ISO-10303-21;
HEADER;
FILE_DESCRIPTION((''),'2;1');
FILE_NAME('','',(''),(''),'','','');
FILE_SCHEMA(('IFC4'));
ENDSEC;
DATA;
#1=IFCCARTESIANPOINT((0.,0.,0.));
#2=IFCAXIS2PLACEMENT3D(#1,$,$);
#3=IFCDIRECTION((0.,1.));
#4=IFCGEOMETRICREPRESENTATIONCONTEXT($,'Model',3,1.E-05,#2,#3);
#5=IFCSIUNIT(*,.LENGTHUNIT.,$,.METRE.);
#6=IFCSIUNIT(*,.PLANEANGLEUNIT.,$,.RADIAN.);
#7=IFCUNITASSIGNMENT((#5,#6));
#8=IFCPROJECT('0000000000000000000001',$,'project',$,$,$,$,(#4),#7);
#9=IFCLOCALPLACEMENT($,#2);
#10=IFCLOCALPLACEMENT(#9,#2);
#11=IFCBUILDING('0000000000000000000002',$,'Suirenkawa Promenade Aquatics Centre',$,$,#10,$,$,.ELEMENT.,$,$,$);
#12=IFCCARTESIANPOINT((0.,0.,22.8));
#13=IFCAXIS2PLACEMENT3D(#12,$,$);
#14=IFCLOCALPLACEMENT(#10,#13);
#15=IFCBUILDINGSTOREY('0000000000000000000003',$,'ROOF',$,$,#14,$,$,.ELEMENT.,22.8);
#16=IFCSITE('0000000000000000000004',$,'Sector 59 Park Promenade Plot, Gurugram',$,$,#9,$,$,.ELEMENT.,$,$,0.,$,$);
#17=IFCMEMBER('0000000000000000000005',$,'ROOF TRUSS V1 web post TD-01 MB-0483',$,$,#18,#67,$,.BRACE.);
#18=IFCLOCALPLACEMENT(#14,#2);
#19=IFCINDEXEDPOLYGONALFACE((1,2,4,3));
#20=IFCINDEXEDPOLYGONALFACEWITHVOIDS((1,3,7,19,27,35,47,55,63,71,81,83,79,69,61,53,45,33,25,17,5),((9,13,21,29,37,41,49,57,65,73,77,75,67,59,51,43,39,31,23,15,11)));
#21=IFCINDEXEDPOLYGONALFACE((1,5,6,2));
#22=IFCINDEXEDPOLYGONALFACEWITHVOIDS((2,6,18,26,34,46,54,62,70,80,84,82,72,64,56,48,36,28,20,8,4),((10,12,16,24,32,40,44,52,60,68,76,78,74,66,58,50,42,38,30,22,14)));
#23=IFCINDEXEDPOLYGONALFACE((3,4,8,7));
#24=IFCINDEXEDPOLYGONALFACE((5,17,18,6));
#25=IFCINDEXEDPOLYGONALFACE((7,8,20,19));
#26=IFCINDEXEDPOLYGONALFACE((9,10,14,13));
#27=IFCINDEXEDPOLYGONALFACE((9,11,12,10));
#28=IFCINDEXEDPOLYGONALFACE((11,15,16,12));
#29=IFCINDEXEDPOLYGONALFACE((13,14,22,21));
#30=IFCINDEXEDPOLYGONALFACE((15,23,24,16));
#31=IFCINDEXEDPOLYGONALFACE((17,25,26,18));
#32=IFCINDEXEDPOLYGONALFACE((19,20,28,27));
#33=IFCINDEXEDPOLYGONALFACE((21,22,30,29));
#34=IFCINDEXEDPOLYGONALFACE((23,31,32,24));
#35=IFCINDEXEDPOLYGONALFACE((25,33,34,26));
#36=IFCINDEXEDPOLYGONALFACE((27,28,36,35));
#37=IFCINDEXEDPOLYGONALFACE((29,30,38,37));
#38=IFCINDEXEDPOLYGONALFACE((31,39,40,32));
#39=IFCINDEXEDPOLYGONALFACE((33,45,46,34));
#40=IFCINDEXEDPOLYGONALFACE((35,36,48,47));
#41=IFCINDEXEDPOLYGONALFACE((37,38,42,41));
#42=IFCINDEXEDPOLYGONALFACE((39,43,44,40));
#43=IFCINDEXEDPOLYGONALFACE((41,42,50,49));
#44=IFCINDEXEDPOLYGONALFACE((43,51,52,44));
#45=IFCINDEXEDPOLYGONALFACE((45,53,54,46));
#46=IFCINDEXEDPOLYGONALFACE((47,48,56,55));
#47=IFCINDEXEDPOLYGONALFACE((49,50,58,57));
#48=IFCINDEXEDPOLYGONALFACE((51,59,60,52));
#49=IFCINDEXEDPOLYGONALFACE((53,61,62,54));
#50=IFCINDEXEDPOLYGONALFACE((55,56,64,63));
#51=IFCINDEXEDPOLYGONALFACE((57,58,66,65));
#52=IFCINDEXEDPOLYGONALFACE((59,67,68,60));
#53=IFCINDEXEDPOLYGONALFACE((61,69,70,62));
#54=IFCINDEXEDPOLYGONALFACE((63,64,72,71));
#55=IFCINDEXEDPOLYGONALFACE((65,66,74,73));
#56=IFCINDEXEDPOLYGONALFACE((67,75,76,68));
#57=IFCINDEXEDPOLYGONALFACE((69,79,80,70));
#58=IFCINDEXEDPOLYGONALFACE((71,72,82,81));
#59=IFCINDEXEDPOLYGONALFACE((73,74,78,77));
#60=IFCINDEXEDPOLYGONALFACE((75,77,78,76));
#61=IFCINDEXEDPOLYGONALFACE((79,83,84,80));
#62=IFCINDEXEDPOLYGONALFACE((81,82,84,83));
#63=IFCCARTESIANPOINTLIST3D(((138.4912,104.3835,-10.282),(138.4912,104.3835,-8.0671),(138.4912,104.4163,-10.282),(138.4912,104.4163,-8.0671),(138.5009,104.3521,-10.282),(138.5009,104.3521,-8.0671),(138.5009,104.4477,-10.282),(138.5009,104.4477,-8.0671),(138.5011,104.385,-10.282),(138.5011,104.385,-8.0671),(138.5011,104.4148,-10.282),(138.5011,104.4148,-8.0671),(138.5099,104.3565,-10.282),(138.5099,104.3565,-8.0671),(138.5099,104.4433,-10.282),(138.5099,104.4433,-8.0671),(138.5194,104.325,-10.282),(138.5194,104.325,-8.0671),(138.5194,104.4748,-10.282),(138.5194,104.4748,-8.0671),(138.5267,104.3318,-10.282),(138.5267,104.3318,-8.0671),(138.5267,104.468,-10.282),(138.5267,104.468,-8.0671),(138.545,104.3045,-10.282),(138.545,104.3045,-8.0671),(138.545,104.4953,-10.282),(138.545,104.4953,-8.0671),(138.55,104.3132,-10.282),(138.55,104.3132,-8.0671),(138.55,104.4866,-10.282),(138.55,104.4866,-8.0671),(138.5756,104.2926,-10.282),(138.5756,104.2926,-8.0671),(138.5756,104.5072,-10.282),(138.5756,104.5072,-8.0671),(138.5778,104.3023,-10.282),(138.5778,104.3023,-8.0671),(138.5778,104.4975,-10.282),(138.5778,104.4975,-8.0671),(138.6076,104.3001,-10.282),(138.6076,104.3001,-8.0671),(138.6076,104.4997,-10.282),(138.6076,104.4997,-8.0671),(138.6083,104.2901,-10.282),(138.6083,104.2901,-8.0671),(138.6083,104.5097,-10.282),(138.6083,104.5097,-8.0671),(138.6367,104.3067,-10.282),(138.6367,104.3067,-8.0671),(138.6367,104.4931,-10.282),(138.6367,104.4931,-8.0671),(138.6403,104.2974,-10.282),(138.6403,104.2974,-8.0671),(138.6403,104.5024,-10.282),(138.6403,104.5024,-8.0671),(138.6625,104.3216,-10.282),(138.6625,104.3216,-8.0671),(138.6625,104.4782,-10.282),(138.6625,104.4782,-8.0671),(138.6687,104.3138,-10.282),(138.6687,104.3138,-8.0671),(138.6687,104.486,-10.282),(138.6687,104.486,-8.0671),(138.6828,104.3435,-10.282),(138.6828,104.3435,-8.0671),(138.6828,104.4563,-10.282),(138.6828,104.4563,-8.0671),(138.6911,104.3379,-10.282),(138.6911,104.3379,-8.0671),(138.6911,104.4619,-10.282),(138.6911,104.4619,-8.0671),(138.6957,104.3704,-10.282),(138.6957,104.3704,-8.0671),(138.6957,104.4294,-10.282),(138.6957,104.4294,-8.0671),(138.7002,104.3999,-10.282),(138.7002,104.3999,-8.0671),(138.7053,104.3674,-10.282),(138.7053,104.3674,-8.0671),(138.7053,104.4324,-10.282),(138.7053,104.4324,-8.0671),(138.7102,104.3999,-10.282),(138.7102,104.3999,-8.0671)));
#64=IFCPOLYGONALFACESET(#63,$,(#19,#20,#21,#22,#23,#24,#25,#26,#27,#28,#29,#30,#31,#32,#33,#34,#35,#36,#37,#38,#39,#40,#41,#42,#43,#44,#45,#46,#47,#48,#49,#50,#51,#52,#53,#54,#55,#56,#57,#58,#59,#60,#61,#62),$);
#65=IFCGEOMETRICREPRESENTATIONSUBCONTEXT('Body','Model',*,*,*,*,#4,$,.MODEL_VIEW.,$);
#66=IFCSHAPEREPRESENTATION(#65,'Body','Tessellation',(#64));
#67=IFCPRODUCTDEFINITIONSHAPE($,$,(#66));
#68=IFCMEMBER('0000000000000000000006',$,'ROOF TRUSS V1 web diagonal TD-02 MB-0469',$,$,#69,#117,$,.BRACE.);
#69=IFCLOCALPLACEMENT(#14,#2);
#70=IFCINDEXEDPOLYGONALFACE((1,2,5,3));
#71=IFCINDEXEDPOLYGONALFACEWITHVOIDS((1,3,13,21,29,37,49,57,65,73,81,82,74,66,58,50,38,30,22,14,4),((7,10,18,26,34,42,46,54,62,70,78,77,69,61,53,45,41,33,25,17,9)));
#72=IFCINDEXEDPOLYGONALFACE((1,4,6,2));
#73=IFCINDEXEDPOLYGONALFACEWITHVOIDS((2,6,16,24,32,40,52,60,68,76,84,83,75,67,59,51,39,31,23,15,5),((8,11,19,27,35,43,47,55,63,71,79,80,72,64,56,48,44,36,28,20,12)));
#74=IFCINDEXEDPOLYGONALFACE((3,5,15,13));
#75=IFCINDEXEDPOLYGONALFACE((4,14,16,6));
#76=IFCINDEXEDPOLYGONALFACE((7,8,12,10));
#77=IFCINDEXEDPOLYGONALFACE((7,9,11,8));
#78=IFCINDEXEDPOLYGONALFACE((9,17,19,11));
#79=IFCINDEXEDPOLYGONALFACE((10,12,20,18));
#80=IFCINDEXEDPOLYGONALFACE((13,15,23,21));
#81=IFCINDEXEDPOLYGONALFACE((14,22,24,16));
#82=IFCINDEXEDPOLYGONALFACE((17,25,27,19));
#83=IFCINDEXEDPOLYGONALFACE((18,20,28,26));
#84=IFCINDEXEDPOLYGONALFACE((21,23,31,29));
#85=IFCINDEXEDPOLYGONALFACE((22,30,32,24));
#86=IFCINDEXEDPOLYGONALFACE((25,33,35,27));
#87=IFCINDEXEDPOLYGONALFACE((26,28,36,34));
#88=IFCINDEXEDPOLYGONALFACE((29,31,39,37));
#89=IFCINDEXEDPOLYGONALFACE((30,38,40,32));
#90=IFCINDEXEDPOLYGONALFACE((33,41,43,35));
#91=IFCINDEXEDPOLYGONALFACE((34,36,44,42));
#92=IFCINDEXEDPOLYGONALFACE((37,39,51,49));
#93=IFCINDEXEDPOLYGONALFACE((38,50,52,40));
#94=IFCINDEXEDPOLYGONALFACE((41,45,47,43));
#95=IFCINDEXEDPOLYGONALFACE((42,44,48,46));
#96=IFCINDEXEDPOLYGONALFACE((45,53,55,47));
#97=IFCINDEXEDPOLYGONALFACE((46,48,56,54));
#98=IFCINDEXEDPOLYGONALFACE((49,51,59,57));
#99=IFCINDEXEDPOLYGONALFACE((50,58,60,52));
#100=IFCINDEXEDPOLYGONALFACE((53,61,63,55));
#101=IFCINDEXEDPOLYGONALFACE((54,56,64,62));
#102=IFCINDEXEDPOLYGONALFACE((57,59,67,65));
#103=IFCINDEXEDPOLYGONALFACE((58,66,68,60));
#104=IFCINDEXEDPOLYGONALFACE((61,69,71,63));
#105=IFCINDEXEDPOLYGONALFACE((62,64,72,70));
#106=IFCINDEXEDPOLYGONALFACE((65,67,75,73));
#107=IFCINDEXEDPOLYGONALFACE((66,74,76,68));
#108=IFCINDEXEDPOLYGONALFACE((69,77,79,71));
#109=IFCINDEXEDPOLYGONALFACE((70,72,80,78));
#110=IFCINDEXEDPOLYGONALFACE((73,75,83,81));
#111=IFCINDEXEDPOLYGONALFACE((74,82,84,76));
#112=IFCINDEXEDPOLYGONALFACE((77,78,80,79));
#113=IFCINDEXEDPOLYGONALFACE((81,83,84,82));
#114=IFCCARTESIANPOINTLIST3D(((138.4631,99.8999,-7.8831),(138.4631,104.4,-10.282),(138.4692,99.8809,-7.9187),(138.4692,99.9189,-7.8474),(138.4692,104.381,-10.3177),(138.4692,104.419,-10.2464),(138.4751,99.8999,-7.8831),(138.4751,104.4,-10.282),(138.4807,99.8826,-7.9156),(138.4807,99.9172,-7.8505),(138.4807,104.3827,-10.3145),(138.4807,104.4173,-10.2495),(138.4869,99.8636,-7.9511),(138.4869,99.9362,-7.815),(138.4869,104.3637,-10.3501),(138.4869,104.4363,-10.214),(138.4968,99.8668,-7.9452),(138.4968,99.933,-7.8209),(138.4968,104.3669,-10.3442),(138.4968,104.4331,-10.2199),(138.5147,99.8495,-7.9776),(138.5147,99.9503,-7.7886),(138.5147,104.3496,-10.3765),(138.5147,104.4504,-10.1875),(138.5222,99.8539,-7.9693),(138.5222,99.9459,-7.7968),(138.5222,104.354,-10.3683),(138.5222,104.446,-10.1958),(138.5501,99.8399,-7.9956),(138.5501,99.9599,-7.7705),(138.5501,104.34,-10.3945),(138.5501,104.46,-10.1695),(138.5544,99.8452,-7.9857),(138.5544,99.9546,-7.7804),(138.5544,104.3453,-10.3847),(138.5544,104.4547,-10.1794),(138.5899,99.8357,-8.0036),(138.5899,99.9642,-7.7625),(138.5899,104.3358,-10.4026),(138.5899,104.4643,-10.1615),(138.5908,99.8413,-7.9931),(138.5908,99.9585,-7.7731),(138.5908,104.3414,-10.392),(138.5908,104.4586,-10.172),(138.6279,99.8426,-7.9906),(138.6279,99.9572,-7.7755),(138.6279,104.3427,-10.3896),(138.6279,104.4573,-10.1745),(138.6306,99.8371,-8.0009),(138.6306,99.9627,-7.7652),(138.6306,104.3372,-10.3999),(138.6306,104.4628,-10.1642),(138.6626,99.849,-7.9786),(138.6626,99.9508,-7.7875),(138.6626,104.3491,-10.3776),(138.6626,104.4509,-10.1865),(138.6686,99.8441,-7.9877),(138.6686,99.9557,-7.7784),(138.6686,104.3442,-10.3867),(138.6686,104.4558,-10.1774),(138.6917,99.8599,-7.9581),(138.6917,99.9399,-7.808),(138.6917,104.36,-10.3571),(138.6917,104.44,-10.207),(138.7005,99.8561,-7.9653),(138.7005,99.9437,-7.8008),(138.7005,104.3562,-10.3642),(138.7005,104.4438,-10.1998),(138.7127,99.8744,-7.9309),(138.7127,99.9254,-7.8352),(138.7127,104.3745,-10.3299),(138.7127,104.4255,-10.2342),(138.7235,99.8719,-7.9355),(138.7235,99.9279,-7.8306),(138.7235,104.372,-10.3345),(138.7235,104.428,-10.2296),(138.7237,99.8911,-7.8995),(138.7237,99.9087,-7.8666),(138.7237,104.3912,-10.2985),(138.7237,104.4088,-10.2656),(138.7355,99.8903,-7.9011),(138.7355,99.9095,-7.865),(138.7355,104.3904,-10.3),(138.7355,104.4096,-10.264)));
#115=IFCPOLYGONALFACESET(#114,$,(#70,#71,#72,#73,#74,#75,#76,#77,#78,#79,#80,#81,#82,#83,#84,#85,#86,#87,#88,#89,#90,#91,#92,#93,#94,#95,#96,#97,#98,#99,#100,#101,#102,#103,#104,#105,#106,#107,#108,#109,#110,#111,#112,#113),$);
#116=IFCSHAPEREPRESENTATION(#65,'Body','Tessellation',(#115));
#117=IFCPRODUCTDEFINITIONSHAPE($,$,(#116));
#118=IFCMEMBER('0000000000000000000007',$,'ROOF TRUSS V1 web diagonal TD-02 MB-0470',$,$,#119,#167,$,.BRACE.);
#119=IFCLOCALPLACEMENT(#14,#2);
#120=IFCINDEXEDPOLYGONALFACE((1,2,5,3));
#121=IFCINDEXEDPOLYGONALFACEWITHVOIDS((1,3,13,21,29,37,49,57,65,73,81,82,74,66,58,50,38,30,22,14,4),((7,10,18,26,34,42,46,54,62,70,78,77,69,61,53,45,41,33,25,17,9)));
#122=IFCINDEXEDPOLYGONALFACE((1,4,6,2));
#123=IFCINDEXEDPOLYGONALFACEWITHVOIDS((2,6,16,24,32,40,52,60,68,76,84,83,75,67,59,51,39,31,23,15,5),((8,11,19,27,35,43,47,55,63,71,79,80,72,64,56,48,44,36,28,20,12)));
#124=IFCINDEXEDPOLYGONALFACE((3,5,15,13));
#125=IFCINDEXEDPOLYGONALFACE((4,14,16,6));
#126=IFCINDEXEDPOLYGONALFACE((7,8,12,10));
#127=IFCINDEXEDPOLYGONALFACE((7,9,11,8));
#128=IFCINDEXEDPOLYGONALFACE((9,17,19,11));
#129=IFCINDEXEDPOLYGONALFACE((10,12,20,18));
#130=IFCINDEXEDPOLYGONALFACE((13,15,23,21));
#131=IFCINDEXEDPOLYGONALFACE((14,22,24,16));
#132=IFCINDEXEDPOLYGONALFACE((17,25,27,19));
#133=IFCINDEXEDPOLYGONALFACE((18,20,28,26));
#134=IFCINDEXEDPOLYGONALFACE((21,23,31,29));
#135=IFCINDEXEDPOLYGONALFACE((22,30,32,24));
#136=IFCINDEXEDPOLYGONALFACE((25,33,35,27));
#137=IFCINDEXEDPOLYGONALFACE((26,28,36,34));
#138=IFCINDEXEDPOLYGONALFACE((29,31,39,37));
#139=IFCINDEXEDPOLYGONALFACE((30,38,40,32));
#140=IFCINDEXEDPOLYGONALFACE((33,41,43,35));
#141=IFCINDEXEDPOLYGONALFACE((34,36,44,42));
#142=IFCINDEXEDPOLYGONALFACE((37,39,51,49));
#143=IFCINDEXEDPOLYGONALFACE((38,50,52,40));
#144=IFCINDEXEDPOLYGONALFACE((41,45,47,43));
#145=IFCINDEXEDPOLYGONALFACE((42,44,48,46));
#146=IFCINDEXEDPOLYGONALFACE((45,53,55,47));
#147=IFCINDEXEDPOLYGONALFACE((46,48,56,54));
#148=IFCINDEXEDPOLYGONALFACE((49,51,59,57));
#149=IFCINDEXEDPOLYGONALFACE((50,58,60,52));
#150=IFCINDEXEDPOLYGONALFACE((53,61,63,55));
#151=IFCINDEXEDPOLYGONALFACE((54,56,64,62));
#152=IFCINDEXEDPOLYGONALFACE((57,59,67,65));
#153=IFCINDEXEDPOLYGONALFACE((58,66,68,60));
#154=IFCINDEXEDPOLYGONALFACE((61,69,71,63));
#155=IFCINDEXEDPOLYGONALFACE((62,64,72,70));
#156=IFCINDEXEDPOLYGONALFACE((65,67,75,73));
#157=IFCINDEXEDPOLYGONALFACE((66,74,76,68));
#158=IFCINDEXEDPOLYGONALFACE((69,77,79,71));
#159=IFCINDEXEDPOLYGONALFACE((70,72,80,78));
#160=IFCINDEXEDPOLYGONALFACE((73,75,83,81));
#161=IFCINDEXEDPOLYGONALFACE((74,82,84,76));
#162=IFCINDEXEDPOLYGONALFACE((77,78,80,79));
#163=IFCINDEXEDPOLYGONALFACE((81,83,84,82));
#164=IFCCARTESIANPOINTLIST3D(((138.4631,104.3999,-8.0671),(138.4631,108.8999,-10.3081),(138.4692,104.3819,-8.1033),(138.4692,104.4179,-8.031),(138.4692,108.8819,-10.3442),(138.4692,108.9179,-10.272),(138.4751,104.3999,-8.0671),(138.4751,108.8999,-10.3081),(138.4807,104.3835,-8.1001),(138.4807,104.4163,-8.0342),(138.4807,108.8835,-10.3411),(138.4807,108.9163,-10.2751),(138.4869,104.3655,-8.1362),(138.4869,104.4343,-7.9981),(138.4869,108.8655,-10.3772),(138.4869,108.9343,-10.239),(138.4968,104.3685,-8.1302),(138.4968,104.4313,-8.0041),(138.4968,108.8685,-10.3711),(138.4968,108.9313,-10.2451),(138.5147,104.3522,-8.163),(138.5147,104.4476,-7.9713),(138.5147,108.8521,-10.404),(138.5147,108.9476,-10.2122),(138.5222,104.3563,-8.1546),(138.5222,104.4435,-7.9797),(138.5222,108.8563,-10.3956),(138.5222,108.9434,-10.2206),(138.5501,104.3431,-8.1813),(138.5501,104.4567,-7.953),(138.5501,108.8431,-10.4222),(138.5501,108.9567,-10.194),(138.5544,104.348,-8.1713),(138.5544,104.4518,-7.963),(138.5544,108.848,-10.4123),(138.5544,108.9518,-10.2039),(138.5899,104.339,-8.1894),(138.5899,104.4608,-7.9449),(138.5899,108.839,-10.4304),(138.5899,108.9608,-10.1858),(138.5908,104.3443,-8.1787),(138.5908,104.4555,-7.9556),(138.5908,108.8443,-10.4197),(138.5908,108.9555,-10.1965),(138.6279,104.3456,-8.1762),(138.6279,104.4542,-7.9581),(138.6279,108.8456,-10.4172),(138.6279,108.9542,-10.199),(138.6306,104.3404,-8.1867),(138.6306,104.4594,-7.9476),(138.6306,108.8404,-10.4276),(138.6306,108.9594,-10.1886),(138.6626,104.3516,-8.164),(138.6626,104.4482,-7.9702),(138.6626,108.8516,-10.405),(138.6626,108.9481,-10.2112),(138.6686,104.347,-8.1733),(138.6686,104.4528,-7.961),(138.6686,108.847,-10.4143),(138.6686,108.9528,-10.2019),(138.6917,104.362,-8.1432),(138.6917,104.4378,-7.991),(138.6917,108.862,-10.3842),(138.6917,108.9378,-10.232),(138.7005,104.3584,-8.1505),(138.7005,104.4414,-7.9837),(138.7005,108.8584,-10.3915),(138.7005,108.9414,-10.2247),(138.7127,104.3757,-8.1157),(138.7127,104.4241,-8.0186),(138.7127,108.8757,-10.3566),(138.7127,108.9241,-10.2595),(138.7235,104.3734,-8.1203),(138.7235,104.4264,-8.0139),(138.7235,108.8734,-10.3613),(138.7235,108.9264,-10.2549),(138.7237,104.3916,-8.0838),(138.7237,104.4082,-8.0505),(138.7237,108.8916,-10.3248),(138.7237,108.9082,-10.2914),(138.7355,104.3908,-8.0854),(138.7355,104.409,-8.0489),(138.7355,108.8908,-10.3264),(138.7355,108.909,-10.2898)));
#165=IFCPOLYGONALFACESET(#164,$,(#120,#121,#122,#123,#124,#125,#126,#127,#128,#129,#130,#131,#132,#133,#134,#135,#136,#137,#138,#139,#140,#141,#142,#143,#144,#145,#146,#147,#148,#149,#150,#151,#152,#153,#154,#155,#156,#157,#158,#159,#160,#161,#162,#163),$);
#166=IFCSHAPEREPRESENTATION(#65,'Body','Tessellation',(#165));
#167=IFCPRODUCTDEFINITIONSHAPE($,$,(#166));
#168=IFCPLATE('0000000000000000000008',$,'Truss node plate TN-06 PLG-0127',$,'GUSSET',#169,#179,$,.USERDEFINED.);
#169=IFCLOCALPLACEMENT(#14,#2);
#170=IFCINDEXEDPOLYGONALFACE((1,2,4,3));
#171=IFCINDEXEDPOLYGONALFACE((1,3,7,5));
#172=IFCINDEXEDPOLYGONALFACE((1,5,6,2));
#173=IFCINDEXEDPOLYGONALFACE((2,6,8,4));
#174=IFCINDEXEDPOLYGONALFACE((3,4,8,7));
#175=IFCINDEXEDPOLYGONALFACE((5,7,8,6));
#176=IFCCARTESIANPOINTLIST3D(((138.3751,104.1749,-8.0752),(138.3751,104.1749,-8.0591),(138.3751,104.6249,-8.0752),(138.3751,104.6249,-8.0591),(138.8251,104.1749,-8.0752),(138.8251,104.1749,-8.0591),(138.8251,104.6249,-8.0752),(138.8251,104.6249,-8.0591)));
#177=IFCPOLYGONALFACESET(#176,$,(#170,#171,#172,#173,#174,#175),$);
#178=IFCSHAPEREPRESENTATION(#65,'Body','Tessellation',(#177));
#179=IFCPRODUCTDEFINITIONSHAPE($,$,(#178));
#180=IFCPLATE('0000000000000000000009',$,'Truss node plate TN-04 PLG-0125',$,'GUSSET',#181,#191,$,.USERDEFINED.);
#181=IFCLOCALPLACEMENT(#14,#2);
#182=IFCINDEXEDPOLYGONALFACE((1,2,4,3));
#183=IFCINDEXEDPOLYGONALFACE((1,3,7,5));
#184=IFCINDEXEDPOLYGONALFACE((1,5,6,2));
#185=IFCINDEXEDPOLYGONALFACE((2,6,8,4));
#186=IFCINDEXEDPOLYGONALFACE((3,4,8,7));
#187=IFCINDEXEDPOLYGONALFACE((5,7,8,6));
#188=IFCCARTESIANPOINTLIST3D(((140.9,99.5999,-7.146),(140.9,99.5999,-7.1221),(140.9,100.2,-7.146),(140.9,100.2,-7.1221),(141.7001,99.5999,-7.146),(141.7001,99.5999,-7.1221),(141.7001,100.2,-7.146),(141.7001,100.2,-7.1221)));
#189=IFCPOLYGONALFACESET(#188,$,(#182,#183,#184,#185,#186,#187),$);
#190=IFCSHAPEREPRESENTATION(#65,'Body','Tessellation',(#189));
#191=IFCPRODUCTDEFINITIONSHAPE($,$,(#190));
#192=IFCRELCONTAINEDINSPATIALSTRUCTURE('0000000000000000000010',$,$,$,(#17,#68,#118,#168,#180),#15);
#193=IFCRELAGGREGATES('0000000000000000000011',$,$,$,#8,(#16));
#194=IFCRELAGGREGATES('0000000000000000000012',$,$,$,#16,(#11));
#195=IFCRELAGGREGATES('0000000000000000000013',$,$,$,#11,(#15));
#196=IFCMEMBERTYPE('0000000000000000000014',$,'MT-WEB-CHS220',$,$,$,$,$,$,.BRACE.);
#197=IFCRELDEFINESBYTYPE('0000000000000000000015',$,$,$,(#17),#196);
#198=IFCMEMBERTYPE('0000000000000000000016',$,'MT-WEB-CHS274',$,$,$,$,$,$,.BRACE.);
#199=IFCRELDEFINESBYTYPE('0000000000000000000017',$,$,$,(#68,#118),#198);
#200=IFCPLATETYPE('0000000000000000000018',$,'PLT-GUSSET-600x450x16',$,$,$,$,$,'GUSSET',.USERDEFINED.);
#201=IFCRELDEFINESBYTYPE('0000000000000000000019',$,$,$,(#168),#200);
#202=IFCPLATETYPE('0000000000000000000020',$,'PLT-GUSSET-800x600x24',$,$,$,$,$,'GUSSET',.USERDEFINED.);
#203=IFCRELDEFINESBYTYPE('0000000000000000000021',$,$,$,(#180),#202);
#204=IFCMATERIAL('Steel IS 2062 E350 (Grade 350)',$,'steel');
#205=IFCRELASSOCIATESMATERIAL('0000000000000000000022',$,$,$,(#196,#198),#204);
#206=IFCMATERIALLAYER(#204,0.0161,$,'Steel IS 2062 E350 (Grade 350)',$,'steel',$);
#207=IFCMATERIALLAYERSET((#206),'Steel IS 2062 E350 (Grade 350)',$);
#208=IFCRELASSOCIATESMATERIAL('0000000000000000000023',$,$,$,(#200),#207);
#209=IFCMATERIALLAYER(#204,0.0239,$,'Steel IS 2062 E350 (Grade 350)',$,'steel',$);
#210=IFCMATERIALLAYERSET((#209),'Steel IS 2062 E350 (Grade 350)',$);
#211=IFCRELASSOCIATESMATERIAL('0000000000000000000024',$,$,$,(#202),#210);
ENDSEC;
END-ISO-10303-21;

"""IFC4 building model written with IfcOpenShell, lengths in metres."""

from ifc_helpers import new_model, si_unit, direction, frame, origin, origin_2d, place, context, subcontext, project, spatial, rectangle, hollow_circle, extrude, material, layer, layer_set, material_profile, profile_set, type_object, element, save


model = new_model("IFC4")

# Units and contexts
model_context = context("Model", 3, precision=1e-05, world=origin(), true_north=direction((0.0, 1.0)))
body_context = subcontext(model_context, "Body", "Model", "MODEL_VIEW")
ifc_project = project(units=[si_unit("LENGTHUNIT", "METRE"), si_unit("PLANEANGLEUNIT", "RADIAN")], contexts=[model_context])

# Site, building, storey
site_placement = place(None, origin())
site = spatial("IfcSite", under=ifc_project, at=site_placement, Name="Sector 59 Park Promenade Plot, Gurugram", CompositionType="ELEMENT", RefElevation=0.0)
building_placement = place(site_placement, origin())
building = spatial("IfcBuilding", under=site, at=building_placement, Name="Suirenkawa Promenade Aquatics Centre", CompositionType="ELEMENT")
storey_placement = place(building_placement, frame((0.0, 0.0, 22.8)))
storey = spatial("IfcBuildingStorey", under=building, at=storey_placement, Name="ROOF", CompositionType="ELEMENT", Elevation=22.8)

# Shared definitions
ifc_material_1 = material(Name="Steel IS 2062 E350 (Grade 350)", Category="steel")

# Members
ifc_material_profile_1 = material_profile(ifc_material_1, hollow_circle(Radius=0.1101, WallThickness=0.01, at=origin_2d()), Name="CHS 220x10", Category="steel")
ifc_profile_set_1 = profile_set([ifc_material_profile_1], Name="Steel IS 2062 E350 (Grade 350)")
member_type_1 = type_object("IfcMemberType", Name="MT-WEB-CHS220", PredefinedType="BRACE", material=ifc_profile_set_1)
member_1_placement = place(storey_placement, frame((138.6001, 104.3999, -10.282), z_axis=(0.0, 0.0, 1.0), x_axis=(1.0, 0.0, 0.0)))
element("IfcMember", 1, at=member_1_placement, inside=storey, type_object=member_type_1, Name="ROOF TRUSS V1 web post TD-01 MB-0483", PredefinedType="BRACE", context=body_context, shape_type="SweptSolid", body=[
    extrude(hollow_circle(Radius=0.1101, WallThickness=0.01, at=origin_2d()), origin(), (0.0, 0.0, 1.0), 2.2148),
])
ifc_material_profile_2 = material_profile(ifc_material_1, hollow_circle(Radius=0.137, WallThickness=0.012, at=origin_2d()), Name="CHS 274x12", Category="steel")
ifc_profile_set_2 = profile_set([ifc_material_profile_2], Name="Steel IS 2062 E350 (Grade 350)")
member_type_2 = type_object("IfcMemberType", Name="MT-WEB-CHS274", PredefinedType="BRACE", material=ifc_profile_set_2)
member_2_placement = place(storey_placement, frame((138.6001, 99.8999, -7.8831), z_axis=(0.0, 0.88244, -0.470424), x_axis=(-1.0, 0.0, 0.0)))
element("IfcMember", 2, at=member_2_placement, inside=storey, type_object=member_type_2, Name="ROOF TRUSS V1 web diagonal TD-02 MB-0469", PredefinedType="BRACE", context=body_context, shape_type="SweptSolid", body=[
    extrude(hollow_circle(Radius=0.137, WallThickness=0.012, at=origin_2d()), origin(), (0.0, 0.0, 1.0), 5.0996),
])
member_3_placement = place(storey_placement, frame((138.6001, 104.3999, -8.0671), z_axis=(0.0, 0.895145, -0.445776), x_axis=(-1.0, 0.0, 0.0)))
element("IfcMember", 3, at=member_3_placement, inside=storey, type_object=member_type_2, Name="ROOF TRUSS V1 web diagonal TD-02 MB-0470", PredefinedType="BRACE", context=body_context, shape_type="SweptSolid", body=[
    extrude(hollow_circle(Radius=0.137, WallThickness=0.012, at=origin_2d()), origin(), (0.0, 0.0, 1.0), 5.0271),
])

# Plates
ifc_layer_1 = layer(ifc_material_1, 0.0161, Name="Steel IS 2062 E350 (Grade 350)", Category="steel")
ifc_layer_set_1 = layer_set([ifc_layer_1], Name="Steel IS 2062 E350 (Grade 350)")
plate_type_1 = type_object("IfcPlateType", Name="PLT-GUSSET-600x450x16", ElementType="GUSSET", PredefinedType="USERDEFINED", material=ifc_layer_set_1)
plate_1_placement = place(storey_placement, frame((138.6001, 104.3999, -8.0752), z_axis=(0.0, 0.0, 1.0), x_axis=(1.0, 0.0, 0.0)))
element("IfcPlate", 4, at=plate_1_placement, inside=storey, type_object=plate_type_1, Name="Truss node plate TN-06 PLG-0127", ObjectType="GUSSET", PredefinedType="USERDEFINED", context=body_context, shape_type="SweptSolid", body=[
    extrude(rectangle(XDim=0.45, YDim=0.45, at=origin_2d()), origin(), (0.0, 0.0, 1.0), 0.0161),
])
ifc_layer_2 = layer(ifc_material_1, 0.0239, Name="Steel IS 2062 E350 (Grade 350)", Category="steel")
ifc_layer_set_2 = layer_set([ifc_layer_2], Name="Steel IS 2062 E350 (Grade 350)")
plate_type_2 = type_object("IfcPlateType", Name="PLT-GUSSET-800x600x24", ElementType="GUSSET", PredefinedType="USERDEFINED", material=ifc_layer_set_2)
plate_2_placement = place(storey_placement, frame((141.3, 99.8999, -7.146), z_axis=(0.0, 0.0, 1.0), x_axis=(1.0, 0.0, 0.0)))
element("IfcPlate", 5, at=plate_2_placement, inside=storey, type_object=plate_type_2, Name="Truss node plate TN-04 PLG-0125", ObjectType="GUSSET", PredefinedType="USERDEFINED", context=body_context, shape_type="SweptSolid", body=[
    extrude(rectangle(XDim=0.8, YDim=0.6001, at=origin_2d()), origin(), (0.0, 0.0, 1.0), 0.0239),
])

save(model, "model.ifc")
